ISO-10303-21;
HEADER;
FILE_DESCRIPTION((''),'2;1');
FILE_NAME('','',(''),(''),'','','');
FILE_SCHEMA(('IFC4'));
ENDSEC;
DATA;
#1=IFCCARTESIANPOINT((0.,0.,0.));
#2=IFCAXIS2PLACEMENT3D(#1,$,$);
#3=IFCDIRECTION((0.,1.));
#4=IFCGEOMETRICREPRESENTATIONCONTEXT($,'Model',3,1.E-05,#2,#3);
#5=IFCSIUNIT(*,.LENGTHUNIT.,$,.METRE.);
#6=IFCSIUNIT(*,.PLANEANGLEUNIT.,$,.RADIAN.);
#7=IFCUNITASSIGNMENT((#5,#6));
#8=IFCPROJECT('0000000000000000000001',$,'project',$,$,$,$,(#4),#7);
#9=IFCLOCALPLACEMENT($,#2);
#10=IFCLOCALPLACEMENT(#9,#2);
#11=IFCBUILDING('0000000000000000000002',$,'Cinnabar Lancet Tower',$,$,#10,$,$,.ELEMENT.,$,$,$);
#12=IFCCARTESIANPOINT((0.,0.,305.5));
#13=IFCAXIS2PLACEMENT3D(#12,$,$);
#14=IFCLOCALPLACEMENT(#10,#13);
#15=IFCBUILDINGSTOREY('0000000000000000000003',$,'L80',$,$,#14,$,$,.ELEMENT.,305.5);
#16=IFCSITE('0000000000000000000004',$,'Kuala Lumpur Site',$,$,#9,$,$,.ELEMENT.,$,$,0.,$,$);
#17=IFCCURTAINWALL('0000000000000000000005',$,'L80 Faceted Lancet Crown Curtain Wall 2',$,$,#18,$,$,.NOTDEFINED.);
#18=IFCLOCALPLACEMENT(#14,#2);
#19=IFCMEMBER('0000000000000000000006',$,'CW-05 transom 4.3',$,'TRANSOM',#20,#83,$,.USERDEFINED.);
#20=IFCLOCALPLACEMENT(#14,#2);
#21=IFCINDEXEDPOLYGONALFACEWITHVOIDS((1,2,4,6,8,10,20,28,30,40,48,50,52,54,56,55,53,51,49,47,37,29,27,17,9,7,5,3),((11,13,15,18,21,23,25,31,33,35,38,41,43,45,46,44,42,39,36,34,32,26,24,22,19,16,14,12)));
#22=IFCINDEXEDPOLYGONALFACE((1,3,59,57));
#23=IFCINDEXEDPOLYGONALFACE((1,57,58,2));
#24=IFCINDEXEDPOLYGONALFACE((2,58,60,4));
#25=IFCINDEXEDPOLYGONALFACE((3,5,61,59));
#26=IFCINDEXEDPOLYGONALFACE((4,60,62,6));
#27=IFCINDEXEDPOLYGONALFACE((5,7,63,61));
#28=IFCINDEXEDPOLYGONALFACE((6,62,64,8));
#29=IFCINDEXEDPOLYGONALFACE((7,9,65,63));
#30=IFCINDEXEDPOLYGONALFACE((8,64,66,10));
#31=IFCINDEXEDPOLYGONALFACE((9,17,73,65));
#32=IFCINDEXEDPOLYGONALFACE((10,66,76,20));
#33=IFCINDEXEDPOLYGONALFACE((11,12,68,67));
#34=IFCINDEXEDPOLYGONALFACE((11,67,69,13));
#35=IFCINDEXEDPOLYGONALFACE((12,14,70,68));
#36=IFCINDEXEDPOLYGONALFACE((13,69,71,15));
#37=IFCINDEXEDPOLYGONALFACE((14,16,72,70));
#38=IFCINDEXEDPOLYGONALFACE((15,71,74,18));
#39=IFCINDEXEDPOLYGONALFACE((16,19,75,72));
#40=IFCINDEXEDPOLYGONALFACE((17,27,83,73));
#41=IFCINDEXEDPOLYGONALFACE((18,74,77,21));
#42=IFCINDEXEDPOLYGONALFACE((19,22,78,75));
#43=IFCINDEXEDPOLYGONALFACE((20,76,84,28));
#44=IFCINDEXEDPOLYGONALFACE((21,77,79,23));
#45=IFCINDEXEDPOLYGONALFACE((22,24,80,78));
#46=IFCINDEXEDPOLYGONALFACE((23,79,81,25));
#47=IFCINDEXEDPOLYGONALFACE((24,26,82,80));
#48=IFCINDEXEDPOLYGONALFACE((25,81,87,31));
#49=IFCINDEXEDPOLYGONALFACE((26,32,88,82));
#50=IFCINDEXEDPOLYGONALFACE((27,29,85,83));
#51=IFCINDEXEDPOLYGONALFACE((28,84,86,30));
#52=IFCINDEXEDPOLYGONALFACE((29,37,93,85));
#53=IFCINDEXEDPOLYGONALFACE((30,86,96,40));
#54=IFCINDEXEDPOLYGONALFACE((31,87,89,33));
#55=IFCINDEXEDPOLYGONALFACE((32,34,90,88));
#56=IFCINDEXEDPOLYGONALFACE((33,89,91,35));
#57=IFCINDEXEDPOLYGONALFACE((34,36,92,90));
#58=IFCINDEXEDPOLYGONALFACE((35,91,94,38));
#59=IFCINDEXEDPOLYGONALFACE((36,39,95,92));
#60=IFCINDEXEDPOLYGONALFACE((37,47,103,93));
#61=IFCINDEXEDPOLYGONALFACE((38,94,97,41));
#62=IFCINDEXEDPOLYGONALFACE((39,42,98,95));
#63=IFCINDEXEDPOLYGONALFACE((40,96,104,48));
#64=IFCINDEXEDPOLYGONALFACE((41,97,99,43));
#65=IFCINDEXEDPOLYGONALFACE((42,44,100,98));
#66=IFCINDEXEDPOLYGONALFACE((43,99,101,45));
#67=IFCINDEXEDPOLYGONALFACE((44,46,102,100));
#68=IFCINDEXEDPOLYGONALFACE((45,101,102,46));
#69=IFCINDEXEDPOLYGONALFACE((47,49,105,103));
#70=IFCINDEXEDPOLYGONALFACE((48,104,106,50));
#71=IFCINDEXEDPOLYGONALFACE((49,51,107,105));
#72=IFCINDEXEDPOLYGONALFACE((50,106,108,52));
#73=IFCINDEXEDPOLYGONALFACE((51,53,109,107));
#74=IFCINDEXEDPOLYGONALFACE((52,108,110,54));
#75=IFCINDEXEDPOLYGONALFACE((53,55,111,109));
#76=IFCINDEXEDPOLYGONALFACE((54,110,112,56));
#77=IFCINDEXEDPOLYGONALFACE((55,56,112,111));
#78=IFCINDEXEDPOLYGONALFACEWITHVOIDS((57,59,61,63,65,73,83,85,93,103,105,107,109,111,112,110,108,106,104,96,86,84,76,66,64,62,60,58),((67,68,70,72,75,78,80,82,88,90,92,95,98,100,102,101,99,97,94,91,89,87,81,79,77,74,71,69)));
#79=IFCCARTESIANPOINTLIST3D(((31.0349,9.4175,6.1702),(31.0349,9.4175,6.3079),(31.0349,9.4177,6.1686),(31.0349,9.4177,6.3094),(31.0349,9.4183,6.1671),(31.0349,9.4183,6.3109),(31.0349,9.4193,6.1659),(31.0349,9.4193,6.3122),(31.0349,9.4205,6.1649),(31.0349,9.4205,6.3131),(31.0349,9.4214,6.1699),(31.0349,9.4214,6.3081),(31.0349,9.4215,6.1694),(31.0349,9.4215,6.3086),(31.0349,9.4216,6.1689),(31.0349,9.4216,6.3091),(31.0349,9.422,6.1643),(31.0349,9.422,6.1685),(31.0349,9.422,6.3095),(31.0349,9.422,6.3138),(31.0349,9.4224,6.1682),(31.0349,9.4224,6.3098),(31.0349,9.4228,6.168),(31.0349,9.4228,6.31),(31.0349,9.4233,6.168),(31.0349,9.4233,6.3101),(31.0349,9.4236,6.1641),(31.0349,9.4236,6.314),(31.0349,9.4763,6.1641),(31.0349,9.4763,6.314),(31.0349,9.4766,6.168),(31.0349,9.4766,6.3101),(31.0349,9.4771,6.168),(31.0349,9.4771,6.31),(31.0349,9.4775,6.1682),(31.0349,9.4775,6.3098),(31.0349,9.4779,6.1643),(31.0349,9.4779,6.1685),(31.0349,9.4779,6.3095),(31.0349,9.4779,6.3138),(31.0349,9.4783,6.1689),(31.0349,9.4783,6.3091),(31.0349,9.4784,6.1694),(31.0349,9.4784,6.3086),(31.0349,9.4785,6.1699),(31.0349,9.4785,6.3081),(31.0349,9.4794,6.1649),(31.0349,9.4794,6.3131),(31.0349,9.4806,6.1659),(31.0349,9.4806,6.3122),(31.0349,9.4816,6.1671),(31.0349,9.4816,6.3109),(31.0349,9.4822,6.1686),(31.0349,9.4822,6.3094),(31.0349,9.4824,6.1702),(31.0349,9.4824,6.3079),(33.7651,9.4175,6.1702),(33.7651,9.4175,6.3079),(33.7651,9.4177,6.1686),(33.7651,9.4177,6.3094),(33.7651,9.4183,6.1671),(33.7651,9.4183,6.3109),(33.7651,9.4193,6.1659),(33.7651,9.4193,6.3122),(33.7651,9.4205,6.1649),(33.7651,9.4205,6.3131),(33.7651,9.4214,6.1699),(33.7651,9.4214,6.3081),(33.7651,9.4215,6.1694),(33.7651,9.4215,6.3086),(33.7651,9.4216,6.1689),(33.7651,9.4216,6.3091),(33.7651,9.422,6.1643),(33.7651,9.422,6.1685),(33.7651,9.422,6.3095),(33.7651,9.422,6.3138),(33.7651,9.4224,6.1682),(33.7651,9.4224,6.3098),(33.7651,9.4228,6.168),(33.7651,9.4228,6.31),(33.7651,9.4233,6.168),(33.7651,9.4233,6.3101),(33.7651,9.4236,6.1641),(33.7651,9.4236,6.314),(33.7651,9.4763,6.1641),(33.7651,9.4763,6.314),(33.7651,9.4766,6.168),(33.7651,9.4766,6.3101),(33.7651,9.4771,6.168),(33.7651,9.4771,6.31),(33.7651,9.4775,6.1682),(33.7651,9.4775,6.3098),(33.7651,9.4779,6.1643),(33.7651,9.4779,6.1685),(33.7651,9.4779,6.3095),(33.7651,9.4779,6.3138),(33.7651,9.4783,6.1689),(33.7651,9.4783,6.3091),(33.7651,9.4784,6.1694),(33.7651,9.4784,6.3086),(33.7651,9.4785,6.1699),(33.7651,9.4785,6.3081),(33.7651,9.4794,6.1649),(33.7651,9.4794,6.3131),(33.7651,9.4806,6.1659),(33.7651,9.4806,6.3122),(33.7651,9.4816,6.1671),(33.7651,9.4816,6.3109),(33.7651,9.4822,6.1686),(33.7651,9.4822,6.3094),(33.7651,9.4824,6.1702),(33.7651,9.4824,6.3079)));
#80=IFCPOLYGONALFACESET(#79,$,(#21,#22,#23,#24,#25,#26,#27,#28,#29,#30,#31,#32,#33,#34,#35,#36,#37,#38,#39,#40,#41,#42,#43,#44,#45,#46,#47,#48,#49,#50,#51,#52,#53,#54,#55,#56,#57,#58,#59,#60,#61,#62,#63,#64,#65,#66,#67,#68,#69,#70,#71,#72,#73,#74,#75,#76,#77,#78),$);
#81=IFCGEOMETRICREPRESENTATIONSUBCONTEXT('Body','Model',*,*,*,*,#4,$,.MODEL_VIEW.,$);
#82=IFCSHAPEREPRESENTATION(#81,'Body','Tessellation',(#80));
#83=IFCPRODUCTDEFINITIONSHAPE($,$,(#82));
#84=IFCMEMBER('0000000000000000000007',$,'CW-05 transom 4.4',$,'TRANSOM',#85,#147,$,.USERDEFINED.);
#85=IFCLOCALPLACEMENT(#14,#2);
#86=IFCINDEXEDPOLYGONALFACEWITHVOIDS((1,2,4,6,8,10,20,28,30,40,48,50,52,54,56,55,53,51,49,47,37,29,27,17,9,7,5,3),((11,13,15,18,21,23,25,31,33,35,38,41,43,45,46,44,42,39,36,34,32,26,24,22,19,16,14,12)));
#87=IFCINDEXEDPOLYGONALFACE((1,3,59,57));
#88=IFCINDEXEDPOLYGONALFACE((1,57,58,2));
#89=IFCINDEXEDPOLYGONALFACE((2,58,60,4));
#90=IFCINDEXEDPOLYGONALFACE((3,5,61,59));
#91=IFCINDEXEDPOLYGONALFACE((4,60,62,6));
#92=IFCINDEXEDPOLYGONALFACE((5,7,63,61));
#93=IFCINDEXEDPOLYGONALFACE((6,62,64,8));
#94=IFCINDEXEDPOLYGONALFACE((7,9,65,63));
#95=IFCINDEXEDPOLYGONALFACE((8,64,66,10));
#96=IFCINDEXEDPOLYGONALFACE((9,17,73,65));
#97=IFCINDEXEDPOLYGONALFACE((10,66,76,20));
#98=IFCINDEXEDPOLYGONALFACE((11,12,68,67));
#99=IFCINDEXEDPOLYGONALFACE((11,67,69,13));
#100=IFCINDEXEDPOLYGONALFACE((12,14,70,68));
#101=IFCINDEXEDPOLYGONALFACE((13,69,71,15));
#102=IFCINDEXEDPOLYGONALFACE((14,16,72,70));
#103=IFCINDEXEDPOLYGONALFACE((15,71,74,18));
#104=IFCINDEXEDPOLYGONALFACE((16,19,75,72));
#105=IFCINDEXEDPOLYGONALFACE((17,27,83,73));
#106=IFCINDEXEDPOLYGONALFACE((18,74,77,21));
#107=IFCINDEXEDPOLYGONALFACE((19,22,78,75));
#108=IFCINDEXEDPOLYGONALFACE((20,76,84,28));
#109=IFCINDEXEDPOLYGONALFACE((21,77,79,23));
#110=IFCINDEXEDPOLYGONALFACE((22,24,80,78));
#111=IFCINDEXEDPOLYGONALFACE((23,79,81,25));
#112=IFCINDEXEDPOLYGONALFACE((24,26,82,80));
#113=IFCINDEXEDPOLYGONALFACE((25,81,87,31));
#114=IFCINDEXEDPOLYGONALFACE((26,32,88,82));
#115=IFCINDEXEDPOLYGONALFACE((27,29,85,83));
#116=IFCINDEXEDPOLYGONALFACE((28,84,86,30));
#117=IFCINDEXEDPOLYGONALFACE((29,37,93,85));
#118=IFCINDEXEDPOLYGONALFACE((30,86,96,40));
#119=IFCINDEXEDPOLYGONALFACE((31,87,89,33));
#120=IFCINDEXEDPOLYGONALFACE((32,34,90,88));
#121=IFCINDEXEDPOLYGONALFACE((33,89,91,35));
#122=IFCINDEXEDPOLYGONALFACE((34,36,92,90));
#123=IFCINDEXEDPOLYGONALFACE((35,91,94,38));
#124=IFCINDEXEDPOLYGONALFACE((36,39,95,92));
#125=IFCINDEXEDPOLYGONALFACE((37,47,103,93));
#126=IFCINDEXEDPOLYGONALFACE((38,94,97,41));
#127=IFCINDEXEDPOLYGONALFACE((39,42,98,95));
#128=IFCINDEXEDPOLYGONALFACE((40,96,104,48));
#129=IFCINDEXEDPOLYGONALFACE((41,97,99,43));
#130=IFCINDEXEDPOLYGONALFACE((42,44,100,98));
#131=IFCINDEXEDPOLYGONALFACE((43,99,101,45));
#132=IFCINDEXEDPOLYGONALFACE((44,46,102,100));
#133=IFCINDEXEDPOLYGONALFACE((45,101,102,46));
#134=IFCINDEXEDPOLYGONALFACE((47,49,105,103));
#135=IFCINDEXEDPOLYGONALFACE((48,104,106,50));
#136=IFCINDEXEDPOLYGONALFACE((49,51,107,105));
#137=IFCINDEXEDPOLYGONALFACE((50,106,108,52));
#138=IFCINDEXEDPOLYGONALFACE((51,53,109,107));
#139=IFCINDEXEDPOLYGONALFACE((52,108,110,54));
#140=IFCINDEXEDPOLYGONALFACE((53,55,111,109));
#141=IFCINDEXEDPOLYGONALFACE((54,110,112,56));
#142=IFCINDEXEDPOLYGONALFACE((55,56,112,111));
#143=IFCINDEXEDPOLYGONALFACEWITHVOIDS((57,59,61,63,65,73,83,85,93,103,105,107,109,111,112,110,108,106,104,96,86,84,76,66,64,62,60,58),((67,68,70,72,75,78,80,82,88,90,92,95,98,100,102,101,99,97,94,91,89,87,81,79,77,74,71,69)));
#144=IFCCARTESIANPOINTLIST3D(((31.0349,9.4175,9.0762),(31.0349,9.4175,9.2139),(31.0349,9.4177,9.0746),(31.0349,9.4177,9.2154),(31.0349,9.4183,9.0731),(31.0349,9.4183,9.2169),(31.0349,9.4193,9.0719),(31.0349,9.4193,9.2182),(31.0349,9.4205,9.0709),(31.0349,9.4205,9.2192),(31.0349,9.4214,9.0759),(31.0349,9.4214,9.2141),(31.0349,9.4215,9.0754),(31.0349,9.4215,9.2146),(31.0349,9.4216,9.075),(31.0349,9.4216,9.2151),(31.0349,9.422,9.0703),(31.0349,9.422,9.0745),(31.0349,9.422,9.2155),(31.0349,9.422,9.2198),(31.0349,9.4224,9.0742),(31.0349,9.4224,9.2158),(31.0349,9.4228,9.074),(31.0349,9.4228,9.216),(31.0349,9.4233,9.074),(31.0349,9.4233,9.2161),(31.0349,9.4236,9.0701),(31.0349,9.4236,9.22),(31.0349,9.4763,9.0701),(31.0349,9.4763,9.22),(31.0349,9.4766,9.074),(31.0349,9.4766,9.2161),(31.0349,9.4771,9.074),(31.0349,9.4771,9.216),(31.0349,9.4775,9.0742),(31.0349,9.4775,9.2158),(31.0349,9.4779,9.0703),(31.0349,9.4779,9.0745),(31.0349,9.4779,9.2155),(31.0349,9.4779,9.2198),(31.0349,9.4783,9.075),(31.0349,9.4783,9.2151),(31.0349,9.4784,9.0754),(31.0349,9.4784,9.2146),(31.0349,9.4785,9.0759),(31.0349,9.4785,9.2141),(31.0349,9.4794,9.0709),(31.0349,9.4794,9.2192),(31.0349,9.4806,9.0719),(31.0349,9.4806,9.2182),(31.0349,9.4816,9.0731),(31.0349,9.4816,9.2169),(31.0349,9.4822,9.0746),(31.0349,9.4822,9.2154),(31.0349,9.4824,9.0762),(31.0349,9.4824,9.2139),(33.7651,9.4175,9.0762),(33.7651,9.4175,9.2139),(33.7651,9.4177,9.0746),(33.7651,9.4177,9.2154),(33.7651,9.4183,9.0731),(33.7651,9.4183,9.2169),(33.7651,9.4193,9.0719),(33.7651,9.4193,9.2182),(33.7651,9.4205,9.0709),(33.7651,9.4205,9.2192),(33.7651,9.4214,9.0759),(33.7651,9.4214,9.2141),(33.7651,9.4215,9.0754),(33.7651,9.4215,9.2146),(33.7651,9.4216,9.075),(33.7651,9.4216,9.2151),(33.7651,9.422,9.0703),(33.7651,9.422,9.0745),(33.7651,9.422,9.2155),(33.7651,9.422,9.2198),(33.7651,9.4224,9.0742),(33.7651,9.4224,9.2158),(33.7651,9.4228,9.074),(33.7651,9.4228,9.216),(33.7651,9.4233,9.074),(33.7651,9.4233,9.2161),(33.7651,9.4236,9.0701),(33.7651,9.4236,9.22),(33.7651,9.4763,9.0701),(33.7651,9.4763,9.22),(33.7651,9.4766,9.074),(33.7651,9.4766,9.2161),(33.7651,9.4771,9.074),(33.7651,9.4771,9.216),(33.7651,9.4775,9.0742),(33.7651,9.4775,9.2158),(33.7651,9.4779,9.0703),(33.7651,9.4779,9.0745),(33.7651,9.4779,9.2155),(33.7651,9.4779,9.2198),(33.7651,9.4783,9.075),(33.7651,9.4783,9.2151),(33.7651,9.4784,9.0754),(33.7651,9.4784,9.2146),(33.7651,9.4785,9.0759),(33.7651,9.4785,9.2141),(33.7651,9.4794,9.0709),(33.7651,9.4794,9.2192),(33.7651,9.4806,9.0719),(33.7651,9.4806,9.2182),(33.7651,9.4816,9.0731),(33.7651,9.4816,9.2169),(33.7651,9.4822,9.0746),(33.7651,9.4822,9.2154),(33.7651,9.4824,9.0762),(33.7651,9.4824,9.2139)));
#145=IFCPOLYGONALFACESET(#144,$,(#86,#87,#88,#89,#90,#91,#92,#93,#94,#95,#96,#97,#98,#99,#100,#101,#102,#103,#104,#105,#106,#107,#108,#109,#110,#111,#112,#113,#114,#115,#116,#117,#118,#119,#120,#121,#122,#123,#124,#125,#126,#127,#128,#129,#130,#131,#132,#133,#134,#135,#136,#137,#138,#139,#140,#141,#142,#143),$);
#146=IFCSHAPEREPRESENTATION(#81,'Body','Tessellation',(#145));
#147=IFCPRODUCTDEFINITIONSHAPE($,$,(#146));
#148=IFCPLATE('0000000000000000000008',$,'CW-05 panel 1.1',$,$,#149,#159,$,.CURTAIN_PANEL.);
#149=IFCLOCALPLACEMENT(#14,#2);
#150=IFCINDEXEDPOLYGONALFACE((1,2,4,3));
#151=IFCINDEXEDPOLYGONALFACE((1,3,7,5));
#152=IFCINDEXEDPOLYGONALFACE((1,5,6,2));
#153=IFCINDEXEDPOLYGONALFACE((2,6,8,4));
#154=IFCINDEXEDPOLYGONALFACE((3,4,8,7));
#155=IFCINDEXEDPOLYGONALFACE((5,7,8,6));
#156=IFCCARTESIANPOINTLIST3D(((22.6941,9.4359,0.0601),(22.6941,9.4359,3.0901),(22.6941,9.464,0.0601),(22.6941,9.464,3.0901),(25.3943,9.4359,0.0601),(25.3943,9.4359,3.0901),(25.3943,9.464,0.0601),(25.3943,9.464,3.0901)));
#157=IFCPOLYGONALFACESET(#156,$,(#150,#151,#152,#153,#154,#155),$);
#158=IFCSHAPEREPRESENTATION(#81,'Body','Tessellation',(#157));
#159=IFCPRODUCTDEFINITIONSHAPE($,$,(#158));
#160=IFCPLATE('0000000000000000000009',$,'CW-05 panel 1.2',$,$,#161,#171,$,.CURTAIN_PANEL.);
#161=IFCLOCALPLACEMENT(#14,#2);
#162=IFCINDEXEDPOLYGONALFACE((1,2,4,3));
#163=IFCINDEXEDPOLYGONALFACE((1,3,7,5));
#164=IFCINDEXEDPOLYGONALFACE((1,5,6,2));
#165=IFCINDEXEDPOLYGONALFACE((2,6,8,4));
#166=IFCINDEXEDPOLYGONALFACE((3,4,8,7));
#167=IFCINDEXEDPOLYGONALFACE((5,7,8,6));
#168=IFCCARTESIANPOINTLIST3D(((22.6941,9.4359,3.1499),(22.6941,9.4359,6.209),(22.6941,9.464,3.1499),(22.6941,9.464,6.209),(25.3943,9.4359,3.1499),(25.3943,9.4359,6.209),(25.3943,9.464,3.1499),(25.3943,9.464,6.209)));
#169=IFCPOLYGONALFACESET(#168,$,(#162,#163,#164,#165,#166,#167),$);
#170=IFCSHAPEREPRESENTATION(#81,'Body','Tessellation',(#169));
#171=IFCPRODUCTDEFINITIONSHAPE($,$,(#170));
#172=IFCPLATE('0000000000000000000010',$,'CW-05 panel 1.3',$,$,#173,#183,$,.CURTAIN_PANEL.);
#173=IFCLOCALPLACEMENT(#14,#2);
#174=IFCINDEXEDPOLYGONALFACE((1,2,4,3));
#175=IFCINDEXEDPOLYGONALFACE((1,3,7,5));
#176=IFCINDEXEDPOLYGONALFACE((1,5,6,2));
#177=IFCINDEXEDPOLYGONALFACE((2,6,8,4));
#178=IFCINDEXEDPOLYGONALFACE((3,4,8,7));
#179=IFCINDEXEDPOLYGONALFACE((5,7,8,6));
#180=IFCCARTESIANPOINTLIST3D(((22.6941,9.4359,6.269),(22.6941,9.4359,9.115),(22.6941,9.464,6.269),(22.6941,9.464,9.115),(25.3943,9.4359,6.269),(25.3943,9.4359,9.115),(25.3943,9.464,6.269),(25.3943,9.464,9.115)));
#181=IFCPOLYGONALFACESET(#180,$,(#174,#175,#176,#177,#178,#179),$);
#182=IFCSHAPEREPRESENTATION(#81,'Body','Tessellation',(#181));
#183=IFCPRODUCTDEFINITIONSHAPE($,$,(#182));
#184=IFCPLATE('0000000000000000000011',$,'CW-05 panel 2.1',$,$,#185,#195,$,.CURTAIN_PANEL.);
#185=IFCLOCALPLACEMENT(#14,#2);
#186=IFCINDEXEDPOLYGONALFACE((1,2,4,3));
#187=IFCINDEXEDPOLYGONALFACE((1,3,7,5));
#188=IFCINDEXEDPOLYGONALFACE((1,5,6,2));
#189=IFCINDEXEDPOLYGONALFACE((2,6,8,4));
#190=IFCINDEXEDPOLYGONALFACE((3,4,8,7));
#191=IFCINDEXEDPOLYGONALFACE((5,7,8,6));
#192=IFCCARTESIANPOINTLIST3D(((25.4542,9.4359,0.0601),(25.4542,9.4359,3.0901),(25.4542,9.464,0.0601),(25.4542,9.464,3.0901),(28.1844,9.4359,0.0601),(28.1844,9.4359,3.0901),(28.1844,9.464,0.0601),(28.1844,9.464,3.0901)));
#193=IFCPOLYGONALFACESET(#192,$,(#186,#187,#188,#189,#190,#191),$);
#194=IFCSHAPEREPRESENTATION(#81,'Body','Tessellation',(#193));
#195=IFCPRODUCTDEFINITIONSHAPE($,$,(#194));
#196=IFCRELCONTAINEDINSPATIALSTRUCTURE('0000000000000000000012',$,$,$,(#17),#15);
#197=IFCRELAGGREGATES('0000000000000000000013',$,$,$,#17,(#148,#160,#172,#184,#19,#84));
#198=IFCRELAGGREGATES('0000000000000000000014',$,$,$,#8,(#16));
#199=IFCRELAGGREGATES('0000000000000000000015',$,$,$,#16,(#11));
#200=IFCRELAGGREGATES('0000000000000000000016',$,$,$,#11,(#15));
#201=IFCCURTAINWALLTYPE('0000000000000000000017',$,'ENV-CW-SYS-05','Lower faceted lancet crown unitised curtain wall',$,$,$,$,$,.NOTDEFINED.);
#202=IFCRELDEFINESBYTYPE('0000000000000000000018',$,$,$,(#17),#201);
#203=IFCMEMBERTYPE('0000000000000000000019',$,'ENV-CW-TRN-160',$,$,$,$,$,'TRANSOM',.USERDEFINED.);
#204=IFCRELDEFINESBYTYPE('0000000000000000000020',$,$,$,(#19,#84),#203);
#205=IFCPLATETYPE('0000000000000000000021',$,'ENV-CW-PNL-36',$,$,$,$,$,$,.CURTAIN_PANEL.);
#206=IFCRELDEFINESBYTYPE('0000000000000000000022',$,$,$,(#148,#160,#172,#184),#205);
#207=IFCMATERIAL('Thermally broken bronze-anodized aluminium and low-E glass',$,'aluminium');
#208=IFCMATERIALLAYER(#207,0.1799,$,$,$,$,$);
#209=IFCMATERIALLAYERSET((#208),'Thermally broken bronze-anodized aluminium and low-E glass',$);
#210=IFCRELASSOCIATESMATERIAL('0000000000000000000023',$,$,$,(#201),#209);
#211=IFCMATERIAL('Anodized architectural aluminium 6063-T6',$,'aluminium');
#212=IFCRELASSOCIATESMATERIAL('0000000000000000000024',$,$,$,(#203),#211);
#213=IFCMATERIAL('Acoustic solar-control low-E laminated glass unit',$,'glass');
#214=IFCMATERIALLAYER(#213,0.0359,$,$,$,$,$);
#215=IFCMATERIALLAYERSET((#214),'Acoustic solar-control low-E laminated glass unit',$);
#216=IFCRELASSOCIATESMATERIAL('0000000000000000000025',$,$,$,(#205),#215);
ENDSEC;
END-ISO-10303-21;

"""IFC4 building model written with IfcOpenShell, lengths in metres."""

from ifc_helpers import new_model, si_unit, direction, frame, origin, origin_2d, place, context, subcontext, project, spatial, rectangle, hollow_rectangle, extrude, material, layer, layer_set, material_profile, profile_set, type_object, element, aggregate, save


model = new_model("IFC4")

# Units and contexts
model_context = context("Model", 3, precision=1e-05, world=origin(), true_north=direction((0.0, 1.0)))
body_context = subcontext(model_context, "Body", "Model", "MODEL_VIEW")
ifc_project = project(units=[si_unit("LENGTHUNIT", "METRE"), si_unit("PLANEANGLEUNIT", "RADIAN")], contexts=[model_context])

# Site, building, storey
site_placement = place(None, origin())
site = spatial("IfcSite", under=ifc_project, at=site_placement, Name="Kuala Lumpur Site", CompositionType="ELEMENT", RefElevation=0.0)
building_placement = place(site_placement, origin())
building = spatial("IfcBuilding", under=site, at=building_placement, Name="Cinnabar Lancet Tower", CompositionType="ELEMENT")
storey_placement = place(building_placement, frame((0.0, 0.0, 305.5)))
storey = spatial("IfcBuildingStorey", under=building, at=storey_placement, Name="L80", CompositionType="ELEMENT", Elevation=305.5)

# Curtain wall, members, plates
ifc_material_1 = material(Name="Thermally broken bronze-anodized aluminium and low-E glass", Category="aluminium")
ifc_layer_1 = layer(ifc_material_1, 0.1799)
ifc_layer_set_1 = layer_set([ifc_layer_1], Name="Thermally broken bronze-anodized aluminium and low-E glass")
curtain_wall_type = type_object("IfcCurtainWallType", Name="ENV-CW-SYS-05", Description="Lower faceted lancet crown unitised curtain wall", PredefinedType="NOTDEFINED", material=ifc_layer_set_1)
curtain_wall_placement = place(storey_placement, origin())
curtain_wall = element("IfcCurtainWall", 1, at=curtain_wall_placement, inside=storey, type_object=curtain_wall_type, Name="L80 Faceted Lancet Crown Curtain Wall 2", PredefinedType="NOTDEFINED")
ifc_material_2 = material(Name="Anodized architectural aluminium 6063-T6", Category="aluminium")
ifc_material_profile_1 = material_profile(ifc_material_2, hollow_rectangle(XDim=0.0649, YDim=0.1499, WallThickness=0.0039, InnerFilletRadius=0.002, OuterFilletRadius=0.0061, at=origin_2d()), Name="CW-TRN 150x65x4")
ifc_profile_set_1 = profile_set([ifc_material_profile_1], Name="Anodized architectural aluminium 6063-T6")
member_type_1 = type_object("IfcMemberType", Name="ENV-CW-TRN-160", ElementType="TRANSOM", PredefinedType="USERDEFINED", material=ifc_profile_set_1)
member_1_placement = place(storey_placement, frame((31.0349, 9.45, 6.239), z_axis=(1.0, 0.0, 0.0), x_axis=(0.0, 1.0, 0.0)))
member_1 = element("IfcMember", 2, at=member_1_placement, type_object=member_type_1, Name="CW-05 transom 4.3", ObjectType="TRANSOM", PredefinedType="USERDEFINED", context=body_context, shape_type="SweptSolid", body=[
    extrude(hollow_rectangle(XDim=0.0649, YDim=0.1499, WallThickness=0.0039, InnerFilletRadius=0.002, OuterFilletRadius=0.0061, at=origin_2d()), origin(), (0.0, 0.0, 1.0), 2.7302),
])
member_2_placement = place(storey_placement, frame((31.0349, 9.45, 9.145), z_axis=(1.0, 0.0, 0.0), x_axis=(0.0, 1.0, 0.0)))
member_2 = element("IfcMember", 3, at=member_2_placement, type_object=member_type_1, Name="CW-05 transom 4.4", ObjectType="TRANSOM", PredefinedType="USERDEFINED", context=body_context, shape_type="SweptSolid", body=[
    extrude(hollow_rectangle(XDim=0.0649, YDim=0.1499, WallThickness=0.0039, InnerFilletRadius=0.002, OuterFilletRadius=0.0061, at=origin_2d()), origin(), (0.0, 0.0, 1.0), 2.7302),
])
ifc_material_3 = material(Name="Acoustic solar-control low-E laminated glass unit", Category="glass")
ifc_layer_2 = layer(ifc_material_3, 0.0359)
ifc_layer_set_2 = layer_set([ifc_layer_2], Name="Acoustic solar-control low-E laminated glass unit")
plate_type = type_object("IfcPlateType", Name="ENV-CW-PNL-36", PredefinedType="CURTAIN_PANEL", material=ifc_layer_set_2)
plate_1_placement = place(storey_placement, frame((24.0442, 9.45, 0.0601), z_axis=(0.0, 0.0, 1.0), x_axis=(1.0, 0.0, 0.0)))
plate_1 = element("IfcPlate", 4, at=plate_1_placement, type_object=plate_type, Name="CW-05 panel 1.1", PredefinedType="CURTAIN_PANEL", context=body_context, shape_type="SweptSolid", body=[
    extrude(rectangle(XDim=2.7002, YDim=0.0281, at=origin_2d()), origin(), (0.0, 0.0, 1.0), 3.03),
])
plate_2_placement = place(storey_placement, frame((24.0442, 9.45, 3.1499), z_axis=(0.0, 0.0, 1.0), x_axis=(1.0, 0.0, 0.0)))
plate_2 = element("IfcPlate", 5, at=plate_2_placement, type_object=plate_type, Name="CW-05 panel 1.2", PredefinedType="CURTAIN_PANEL", context=body_context, shape_type="SweptSolid", body=[
    extrude(rectangle(XDim=2.7002, YDim=0.0281, at=origin_2d()), origin(), (0.0, 0.0, 1.0), 3.0591),
])
plate_3_placement = place(storey_placement, frame((24.0442, 9.45, 6.269), z_axis=(0.0, 0.0, 1.0), x_axis=(1.0, 0.0, 0.0)))
plate_3 = element("IfcPlate", 6, at=plate_3_placement, type_object=plate_type, Name="CW-05 panel 1.3", PredefinedType="CURTAIN_PANEL", context=body_context, shape_type="SweptSolid", body=[
    extrude(rectangle(XDim=2.7002, YDim=0.0281, at=origin_2d()), origin(), (0.0, 0.0, 1.0), 2.8459),
])
plate_4_placement = place(storey_placement, frame((26.8193, 9.45, 0.0601), z_axis=(0.0, 0.0, 1.0), x_axis=(1.0, 0.0, 0.0)))
plate_4 = element("IfcPlate", 7, at=plate_4_placement, type_object=plate_type, Name="CW-05 panel 2.1", PredefinedType="CURTAIN_PANEL", context=body_context, shape_type="SweptSolid", body=[
    extrude(rectangle(XDim=2.7302, YDim=0.0281, at=origin_2d()), origin(), (0.0, 0.0, 1.0), 3.03),
])
aggregate(curtain_wall, [plate_1, plate_2, plate_3, plate_4, member_1, member_2])

save(model, "model.ifc")
